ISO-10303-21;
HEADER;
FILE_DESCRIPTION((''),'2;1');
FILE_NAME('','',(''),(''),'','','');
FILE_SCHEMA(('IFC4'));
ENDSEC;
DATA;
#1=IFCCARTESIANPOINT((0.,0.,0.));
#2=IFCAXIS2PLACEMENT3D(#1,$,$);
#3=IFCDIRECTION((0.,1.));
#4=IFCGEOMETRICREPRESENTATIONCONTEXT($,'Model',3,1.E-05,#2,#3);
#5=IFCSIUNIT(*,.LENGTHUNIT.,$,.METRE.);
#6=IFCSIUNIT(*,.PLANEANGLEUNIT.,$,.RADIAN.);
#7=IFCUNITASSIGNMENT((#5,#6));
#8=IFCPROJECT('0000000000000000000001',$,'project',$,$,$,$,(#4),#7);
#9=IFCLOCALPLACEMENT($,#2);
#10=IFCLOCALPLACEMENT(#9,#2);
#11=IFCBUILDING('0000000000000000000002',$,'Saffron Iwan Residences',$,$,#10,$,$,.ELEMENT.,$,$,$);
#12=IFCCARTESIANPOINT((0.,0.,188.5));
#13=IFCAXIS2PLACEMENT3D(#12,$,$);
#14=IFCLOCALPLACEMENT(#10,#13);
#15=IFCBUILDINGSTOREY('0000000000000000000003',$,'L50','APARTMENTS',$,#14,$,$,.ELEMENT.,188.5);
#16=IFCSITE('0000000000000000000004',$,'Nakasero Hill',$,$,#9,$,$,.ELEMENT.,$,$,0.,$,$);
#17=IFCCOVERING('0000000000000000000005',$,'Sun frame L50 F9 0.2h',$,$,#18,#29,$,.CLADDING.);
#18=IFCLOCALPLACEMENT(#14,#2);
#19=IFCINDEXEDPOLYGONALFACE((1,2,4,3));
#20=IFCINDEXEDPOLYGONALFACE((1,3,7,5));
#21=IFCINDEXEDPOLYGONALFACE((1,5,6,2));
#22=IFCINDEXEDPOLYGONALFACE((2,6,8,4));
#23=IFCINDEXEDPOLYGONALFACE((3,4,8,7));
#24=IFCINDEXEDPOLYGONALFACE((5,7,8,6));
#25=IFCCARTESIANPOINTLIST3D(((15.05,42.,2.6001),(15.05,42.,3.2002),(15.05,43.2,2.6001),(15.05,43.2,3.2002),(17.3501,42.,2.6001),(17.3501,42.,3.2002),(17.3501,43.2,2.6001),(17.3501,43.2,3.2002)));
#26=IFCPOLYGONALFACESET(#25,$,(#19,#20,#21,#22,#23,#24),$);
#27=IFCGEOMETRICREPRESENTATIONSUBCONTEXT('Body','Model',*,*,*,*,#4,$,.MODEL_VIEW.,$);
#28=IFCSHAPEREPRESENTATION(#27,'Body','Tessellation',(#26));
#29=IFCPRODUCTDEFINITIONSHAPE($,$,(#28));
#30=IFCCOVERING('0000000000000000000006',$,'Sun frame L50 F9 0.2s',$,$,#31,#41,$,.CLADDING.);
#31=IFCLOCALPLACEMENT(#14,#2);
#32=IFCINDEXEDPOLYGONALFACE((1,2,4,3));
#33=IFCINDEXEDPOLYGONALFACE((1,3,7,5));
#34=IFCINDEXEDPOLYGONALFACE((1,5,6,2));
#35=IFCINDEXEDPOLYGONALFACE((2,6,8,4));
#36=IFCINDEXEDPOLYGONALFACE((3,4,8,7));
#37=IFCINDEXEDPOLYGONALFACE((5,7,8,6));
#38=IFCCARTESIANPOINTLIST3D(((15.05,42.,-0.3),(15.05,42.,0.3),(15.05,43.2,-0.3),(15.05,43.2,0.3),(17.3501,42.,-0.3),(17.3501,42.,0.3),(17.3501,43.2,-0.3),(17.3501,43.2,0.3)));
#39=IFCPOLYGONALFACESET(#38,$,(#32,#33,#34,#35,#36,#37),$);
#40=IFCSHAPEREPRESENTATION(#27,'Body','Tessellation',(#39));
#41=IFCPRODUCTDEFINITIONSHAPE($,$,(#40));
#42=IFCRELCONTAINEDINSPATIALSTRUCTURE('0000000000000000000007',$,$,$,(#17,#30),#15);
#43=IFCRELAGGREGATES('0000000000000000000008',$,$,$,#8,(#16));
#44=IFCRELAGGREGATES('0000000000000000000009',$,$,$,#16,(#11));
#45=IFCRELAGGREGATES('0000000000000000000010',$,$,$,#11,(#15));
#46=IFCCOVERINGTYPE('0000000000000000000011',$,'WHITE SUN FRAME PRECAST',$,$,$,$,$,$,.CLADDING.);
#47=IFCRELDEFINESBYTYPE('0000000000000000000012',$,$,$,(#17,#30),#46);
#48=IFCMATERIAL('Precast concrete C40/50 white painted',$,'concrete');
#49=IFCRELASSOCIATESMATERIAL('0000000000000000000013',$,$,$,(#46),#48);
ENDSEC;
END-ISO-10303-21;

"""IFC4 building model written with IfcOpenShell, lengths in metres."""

from ifc_helpers import new_model, si_unit, direction, frame, origin, place, context, subcontext, project, spatial, polyline, outline, extrude, material, type_object, element, save


model = new_model("IFC4")

# Units and contexts
model_context = context("Model", 3, precision=1e-05, world=origin(), true_north=direction((0.0, 1.0)))
body_context = subcontext(model_context, "Body", "Model", "MODEL_VIEW")
ifc_project = project(units=[si_unit("LENGTHUNIT", "METRE"), si_unit("PLANEANGLEUNIT", "RADIAN")], contexts=[model_context])

# Site, building, storey
site_placement = place(None, origin())
site = spatial("IfcSite", under=ifc_project, at=site_placement, Name="Nakasero Hill", CompositionType="ELEMENT", RefElevation=0.0)
building_placement = place(site_placement, origin())
building = spatial("IfcBuilding", under=site, at=building_placement, Name="Saffron Iwan Residences", CompositionType="ELEMENT")
storey_placement = place(building_placement, frame((0.0, 0.0, 188.5)))
storey = spatial("IfcBuildingStorey", under=building, at=storey_placement, Name="L50", Description="APARTMENTS", CompositionType="ELEMENT", Elevation=188.5)

# Coverings
ifc_material_1 = material(Name="Precast concrete C40/50 white painted", Category="concrete")
covering_type_1 = type_object("IfcCoveringType", Name="WHITE SUN FRAME PRECAST", PredefinedType="CLADDING", material=ifc_material_1)
for number, where, z_axis, x_axis, name in (
    (1, (15.05, 43.2, 2.6001), (0.0, -1.0, 0.0), (1.0, 0.0, 0.0), "Sun frame L50 F9 0.2h"),
    (2, (15.05, 43.2, -0.3), (0.0, -1.0, 0.0), (1.0, 0.0, 0.0), "Sun frame L50 F9 0.2s"),
):
    element("IfcCovering", number, at=place(storey_placement, frame(where, z_axis=z_axis, x_axis=x_axis)), inside=storey, type_object=covering_type_1, Name=name, PredefinedType="CLADDING", context=body_context, shape_type="SweptSolid", body=[
        extrude(outline(polyline([(0.0, 0.0), (2.3, 0.0), (2.3, 0.6001), (0.0, 0.6001), (0.0, 0.0)])), origin(), (0.0, 0.0, 1.0), 1.2),
    ])

save(model, "model.ifc")
